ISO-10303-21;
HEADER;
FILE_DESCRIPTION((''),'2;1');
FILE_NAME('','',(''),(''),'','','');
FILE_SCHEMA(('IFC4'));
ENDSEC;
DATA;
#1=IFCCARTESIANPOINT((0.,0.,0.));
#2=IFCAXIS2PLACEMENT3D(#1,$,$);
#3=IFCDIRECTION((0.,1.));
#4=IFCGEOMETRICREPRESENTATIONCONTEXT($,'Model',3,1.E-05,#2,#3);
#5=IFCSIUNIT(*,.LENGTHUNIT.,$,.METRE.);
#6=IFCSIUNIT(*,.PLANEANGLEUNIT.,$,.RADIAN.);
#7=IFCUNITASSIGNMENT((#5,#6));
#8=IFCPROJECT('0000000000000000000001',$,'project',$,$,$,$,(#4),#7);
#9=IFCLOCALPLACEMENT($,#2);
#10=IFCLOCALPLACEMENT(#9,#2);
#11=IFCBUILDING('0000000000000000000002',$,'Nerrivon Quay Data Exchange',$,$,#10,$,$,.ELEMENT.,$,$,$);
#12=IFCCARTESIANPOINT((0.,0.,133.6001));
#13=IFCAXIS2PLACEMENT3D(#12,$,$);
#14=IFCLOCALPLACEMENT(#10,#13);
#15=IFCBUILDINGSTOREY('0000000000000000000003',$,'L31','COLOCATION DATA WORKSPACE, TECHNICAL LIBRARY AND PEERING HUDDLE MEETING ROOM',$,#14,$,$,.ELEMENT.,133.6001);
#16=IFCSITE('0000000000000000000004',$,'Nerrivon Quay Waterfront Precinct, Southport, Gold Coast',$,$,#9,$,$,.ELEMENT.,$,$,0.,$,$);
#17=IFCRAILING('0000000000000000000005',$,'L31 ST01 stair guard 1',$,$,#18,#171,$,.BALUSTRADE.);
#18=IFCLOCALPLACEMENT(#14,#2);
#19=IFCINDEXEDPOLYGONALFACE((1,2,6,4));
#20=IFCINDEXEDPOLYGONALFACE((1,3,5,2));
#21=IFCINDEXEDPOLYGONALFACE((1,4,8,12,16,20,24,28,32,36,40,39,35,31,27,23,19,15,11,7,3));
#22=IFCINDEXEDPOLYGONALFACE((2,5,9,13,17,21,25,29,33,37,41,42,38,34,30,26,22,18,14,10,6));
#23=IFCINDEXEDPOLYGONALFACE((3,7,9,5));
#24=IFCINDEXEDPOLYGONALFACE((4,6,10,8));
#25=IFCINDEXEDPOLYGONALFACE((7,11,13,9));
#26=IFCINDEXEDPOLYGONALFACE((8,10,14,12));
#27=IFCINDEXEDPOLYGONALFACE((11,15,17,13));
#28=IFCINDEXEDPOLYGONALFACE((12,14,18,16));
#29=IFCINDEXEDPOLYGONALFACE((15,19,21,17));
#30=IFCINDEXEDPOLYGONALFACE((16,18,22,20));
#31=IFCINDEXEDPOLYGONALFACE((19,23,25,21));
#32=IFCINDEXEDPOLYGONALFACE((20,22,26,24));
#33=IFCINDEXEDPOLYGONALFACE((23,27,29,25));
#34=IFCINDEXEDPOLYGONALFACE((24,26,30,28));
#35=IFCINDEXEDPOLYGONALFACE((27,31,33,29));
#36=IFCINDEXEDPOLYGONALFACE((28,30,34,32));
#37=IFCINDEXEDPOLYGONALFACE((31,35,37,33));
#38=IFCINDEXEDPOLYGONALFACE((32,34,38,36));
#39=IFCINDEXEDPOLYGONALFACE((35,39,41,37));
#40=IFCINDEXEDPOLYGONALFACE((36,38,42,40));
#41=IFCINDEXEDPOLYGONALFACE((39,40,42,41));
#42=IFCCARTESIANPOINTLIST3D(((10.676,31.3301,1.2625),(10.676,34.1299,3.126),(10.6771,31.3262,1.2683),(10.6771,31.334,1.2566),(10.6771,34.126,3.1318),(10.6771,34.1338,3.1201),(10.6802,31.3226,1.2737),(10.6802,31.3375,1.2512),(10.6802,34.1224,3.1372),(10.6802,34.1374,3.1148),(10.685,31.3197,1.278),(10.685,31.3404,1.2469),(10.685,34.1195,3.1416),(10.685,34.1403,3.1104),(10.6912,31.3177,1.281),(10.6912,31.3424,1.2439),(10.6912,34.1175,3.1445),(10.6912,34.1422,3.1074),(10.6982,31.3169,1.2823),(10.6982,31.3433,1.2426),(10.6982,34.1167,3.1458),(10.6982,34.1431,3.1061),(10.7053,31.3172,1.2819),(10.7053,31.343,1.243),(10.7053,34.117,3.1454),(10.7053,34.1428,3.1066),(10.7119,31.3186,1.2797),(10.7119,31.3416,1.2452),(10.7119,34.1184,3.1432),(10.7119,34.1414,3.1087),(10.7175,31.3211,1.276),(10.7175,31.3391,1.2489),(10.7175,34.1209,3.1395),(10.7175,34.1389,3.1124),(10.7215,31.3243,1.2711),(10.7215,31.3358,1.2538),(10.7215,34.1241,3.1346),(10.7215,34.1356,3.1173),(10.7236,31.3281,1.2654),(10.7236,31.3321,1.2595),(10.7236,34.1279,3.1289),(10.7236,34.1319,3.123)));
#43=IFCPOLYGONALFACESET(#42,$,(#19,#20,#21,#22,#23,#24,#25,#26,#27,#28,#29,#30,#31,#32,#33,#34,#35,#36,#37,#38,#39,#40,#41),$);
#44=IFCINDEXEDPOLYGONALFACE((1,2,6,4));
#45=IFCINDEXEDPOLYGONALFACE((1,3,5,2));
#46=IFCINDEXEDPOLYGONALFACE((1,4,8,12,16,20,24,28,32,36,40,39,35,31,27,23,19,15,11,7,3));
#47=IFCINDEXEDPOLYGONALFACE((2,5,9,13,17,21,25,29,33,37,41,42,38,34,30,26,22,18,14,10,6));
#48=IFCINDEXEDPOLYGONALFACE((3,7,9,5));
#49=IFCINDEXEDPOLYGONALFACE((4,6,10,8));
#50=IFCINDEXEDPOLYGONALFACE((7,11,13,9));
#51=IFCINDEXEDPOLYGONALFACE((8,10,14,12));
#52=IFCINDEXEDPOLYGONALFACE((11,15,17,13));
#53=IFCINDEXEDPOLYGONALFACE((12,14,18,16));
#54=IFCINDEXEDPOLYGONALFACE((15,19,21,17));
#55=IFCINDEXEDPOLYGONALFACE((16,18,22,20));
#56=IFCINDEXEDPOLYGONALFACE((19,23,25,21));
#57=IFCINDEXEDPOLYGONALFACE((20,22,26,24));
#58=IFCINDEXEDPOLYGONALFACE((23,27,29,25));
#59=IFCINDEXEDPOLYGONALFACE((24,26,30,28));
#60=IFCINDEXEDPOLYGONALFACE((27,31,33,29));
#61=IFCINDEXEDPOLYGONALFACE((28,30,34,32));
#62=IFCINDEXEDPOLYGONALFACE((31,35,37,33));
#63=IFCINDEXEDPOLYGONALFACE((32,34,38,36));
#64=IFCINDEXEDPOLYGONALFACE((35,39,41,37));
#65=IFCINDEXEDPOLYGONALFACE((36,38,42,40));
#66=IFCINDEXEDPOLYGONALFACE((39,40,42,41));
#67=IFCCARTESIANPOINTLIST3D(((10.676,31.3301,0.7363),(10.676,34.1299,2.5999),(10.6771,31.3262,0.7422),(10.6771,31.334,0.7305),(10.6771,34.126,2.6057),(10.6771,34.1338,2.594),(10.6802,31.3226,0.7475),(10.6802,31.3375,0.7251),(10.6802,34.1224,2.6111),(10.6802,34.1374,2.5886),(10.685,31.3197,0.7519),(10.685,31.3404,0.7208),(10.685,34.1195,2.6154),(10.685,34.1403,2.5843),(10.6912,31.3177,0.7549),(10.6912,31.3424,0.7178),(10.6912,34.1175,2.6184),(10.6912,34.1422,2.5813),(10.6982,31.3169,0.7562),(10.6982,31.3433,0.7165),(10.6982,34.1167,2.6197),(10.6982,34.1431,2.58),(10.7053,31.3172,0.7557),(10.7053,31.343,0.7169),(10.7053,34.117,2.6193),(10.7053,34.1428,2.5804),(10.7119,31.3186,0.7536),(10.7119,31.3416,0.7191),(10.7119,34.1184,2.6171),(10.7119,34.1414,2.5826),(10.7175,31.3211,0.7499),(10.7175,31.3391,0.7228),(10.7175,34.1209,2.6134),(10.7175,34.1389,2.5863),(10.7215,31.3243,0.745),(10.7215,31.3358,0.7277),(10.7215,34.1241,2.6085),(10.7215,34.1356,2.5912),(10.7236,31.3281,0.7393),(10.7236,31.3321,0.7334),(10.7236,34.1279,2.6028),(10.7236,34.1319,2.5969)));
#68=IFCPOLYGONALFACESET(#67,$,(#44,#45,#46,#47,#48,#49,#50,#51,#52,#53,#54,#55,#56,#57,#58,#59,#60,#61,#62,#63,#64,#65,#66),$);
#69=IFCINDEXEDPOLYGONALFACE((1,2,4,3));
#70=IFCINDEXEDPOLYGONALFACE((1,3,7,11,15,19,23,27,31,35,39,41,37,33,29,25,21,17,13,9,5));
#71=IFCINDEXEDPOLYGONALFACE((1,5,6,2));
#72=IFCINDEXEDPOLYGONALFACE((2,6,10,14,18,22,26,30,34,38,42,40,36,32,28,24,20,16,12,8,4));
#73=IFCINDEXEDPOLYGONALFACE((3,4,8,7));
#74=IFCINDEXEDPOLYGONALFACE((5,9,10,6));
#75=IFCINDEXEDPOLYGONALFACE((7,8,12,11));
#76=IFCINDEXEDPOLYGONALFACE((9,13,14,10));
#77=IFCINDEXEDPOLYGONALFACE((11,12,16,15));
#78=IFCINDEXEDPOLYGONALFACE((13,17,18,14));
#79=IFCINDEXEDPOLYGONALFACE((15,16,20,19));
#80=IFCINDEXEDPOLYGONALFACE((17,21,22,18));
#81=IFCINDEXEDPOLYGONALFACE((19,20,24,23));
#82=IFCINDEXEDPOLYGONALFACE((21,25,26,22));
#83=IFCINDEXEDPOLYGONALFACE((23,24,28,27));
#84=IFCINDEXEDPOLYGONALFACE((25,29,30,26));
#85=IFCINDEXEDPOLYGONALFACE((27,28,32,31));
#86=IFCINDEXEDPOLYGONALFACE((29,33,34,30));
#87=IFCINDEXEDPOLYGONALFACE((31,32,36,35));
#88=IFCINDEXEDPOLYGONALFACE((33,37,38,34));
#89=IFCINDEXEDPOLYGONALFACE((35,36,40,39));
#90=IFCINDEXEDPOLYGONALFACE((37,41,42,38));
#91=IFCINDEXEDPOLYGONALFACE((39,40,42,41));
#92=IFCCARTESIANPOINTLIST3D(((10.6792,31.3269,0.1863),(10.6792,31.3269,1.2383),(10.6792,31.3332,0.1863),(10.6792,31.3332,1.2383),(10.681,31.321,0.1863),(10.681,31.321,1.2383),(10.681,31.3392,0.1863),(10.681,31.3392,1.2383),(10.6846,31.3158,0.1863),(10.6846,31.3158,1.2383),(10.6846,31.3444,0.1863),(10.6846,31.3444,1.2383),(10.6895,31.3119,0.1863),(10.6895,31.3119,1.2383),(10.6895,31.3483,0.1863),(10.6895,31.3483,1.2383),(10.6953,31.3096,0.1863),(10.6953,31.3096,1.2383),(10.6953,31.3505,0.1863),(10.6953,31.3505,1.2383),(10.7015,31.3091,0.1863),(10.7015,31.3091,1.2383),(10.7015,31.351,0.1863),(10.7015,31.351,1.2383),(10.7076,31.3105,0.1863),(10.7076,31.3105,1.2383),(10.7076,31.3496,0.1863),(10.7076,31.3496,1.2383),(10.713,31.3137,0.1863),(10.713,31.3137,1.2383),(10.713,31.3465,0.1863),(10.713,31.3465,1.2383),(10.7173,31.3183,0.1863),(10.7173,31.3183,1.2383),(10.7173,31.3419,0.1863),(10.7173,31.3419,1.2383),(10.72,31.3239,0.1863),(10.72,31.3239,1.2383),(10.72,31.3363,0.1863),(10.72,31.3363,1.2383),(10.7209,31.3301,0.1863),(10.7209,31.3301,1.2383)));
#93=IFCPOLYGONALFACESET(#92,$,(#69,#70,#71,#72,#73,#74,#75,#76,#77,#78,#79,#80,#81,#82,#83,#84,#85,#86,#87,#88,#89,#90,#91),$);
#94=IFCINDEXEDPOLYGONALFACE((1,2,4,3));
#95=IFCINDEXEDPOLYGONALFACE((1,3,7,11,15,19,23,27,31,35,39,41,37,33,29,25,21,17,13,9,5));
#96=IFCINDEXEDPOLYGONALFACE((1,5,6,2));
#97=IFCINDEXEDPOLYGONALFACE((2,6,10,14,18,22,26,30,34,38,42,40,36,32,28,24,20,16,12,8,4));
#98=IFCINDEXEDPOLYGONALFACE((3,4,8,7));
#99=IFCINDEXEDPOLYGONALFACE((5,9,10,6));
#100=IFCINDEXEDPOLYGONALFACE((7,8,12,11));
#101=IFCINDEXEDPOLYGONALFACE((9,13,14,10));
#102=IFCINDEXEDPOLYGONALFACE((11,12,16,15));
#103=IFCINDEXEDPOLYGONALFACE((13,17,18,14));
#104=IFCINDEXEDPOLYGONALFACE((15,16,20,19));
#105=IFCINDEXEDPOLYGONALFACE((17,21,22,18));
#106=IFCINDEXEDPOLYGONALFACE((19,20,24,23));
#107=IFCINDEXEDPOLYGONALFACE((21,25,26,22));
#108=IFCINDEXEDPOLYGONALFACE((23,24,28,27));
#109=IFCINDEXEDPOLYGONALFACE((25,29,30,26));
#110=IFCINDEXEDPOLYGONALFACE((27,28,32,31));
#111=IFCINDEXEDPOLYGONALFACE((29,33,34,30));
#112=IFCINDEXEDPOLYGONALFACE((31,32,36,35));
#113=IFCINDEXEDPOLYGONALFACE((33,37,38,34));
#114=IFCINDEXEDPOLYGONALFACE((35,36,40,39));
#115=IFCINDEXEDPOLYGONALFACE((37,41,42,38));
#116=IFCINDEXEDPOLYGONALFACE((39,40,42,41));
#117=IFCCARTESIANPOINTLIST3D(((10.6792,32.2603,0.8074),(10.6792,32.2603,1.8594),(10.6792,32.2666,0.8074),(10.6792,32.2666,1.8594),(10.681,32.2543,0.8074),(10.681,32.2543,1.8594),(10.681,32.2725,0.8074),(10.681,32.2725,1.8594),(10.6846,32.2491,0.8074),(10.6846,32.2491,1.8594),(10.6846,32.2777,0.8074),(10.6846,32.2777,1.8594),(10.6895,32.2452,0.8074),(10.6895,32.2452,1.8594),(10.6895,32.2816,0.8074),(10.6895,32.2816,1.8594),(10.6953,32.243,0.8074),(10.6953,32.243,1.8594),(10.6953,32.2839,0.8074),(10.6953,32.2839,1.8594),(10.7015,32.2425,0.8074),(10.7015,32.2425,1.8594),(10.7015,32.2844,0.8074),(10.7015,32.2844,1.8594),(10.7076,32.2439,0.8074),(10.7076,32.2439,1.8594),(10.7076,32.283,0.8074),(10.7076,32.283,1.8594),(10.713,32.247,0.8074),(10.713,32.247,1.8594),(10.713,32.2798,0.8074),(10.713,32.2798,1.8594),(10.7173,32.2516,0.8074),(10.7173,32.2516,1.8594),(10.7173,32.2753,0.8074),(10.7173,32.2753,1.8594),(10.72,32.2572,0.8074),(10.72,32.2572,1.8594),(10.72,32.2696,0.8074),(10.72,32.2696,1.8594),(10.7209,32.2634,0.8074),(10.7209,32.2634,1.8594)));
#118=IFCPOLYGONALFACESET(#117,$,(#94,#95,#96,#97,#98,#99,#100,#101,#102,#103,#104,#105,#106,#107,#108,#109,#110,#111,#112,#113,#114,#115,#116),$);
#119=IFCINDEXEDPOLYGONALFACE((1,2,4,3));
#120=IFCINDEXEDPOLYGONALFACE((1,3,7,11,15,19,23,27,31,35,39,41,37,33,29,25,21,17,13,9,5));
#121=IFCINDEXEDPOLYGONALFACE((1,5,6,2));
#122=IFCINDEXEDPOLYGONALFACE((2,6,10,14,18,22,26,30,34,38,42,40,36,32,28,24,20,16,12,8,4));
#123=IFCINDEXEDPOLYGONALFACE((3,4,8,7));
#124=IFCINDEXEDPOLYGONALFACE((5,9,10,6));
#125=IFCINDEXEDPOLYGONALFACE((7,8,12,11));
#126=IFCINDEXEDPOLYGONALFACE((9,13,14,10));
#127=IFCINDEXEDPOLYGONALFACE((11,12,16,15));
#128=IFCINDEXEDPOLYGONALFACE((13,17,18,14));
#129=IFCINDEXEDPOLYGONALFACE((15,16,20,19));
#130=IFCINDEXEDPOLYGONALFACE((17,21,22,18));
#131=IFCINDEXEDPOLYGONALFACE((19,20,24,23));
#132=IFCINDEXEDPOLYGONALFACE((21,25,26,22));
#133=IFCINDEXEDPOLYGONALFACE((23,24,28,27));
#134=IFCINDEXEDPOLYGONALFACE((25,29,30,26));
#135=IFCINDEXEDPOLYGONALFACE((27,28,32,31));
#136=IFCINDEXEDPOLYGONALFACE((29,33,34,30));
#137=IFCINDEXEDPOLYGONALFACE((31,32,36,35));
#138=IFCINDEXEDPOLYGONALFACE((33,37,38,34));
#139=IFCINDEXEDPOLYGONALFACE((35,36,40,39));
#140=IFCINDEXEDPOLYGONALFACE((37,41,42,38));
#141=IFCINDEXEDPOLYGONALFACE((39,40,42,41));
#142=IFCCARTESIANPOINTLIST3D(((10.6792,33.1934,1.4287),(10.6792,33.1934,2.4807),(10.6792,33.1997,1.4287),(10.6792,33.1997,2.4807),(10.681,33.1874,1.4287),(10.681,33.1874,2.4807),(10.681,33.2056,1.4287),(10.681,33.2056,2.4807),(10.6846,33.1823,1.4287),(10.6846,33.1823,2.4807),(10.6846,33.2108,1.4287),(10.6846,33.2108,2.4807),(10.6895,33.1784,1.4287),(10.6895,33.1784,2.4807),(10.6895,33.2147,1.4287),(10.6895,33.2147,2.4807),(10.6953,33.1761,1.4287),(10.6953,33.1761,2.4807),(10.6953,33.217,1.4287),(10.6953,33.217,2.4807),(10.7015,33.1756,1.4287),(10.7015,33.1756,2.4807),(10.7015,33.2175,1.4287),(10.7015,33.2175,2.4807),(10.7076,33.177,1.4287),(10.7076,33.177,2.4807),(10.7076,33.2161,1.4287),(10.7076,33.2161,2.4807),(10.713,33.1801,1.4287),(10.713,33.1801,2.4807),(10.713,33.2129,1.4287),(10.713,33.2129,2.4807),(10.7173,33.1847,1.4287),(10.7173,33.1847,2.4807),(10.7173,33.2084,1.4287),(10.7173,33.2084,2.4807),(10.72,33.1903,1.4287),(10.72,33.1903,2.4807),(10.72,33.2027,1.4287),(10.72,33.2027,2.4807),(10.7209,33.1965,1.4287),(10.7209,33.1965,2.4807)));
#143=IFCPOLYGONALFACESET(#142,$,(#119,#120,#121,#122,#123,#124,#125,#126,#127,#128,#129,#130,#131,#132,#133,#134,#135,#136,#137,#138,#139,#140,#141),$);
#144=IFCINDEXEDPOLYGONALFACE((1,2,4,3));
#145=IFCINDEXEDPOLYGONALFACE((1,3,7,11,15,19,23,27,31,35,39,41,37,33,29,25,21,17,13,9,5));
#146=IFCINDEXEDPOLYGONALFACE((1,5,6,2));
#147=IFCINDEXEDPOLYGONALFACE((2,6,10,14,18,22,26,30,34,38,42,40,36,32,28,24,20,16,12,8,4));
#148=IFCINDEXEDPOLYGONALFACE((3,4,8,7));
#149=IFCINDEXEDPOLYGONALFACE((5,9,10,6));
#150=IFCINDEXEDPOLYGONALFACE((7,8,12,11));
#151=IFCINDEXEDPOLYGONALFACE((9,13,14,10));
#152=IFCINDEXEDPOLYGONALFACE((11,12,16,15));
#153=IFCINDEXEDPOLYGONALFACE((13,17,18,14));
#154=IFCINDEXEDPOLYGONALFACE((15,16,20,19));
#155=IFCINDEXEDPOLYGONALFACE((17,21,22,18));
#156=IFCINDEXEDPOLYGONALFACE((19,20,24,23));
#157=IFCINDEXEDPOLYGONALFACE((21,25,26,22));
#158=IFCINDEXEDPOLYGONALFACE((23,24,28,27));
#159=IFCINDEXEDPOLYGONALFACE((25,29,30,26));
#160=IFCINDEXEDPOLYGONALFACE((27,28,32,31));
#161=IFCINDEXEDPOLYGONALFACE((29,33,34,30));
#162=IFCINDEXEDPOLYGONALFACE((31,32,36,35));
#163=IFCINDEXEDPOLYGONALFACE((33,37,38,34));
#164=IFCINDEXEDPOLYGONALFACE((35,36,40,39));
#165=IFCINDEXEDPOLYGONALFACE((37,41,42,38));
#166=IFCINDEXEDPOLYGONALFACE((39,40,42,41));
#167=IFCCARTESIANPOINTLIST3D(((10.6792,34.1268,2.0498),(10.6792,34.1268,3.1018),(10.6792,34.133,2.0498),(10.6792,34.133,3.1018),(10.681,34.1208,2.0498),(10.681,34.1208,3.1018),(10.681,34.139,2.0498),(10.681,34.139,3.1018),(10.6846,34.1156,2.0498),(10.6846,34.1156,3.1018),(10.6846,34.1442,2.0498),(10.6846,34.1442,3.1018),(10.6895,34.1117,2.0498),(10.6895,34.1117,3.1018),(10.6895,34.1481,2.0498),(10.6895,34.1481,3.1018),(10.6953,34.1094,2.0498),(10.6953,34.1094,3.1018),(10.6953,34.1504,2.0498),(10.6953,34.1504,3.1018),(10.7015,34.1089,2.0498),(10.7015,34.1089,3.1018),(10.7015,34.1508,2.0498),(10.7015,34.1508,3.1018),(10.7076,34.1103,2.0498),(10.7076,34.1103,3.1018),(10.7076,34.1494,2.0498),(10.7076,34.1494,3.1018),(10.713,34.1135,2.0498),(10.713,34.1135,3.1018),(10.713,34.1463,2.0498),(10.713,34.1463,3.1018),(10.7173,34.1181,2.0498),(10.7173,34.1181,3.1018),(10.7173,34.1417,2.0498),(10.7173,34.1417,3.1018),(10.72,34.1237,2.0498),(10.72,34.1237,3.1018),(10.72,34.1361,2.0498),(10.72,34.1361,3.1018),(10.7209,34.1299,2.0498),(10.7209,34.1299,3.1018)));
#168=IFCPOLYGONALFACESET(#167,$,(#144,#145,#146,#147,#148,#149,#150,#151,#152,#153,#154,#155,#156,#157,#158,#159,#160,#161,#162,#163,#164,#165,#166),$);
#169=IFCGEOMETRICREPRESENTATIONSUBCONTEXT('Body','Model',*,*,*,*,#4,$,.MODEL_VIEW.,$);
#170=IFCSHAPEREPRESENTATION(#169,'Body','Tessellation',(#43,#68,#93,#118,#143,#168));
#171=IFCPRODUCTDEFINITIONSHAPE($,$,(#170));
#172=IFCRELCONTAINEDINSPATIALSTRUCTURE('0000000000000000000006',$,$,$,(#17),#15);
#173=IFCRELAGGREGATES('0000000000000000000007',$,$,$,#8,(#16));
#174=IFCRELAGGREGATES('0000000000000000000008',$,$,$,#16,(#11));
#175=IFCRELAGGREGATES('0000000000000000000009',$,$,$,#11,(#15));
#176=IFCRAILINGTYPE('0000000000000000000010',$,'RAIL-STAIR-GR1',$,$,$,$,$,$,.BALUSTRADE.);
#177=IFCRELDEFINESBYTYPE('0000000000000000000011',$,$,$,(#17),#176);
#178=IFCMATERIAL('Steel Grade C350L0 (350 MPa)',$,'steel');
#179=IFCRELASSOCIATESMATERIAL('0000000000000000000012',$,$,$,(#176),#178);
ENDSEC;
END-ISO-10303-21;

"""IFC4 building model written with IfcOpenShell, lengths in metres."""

from ifc_helpers import new_model, si_unit, direction, frame, origin, origin_2d, place, context, subcontext, project, spatial, circle, extrude, material, type_object, element, save


model = new_model("IFC4")

# Units and contexts
model_context = context("Model", 3, precision=1e-05, world=origin(), true_north=direction((0.0, 1.0)))
body_context = subcontext(model_context, "Body", "Model", "MODEL_VIEW")
ifc_project = project(units=[si_unit("LENGTHUNIT", "METRE"), si_unit("PLANEANGLEUNIT", "RADIAN")], contexts=[model_context])

# Site, building, storey
site_placement = place(None, origin())
site = spatial("IfcSite", under=ifc_project, at=site_placement, Name="Nerrivon Quay Waterfront Precinct, Southport, Gold Coast", CompositionType="ELEMENT", RefElevation=0.0)
building_placement = place(site_placement, origin())
building = spatial("IfcBuilding", under=site, at=building_placement, Name="Nerrivon Quay Data Exchange", CompositionType="ELEMENT")
storey_placement = place(building_placement, frame((0.0, 0.0, 133.6001)))
storey = spatial("IfcBuildingStorey", under=building, at=storey_placement, Name="L31", Description="COLOCATION DATA WORKSPACE, TECHNICAL LIBRARY AND PEERING HUDDLE MEETING ROOM", CompositionType="ELEMENT", Elevation=133.6001)

# Railing
ifc_material_1 = material(Name="Steel Grade C350L0 (350 MPa)", Category="steel")
railing_type_1 = type_object("IfcRailingType", Name="RAIL-STAIR-GR1", PredefinedType="BALUSTRADE", material=ifc_material_1)
railing_1_placement = place(storey_placement, frame((10.7, 31.3301, 0.1863)))
element("IfcRailing", 1, at=railing_1_placement, inside=storey, type_object=railing_type_1, Name="L31 ST01 stair guard 1", PredefinedType="BALUSTRADE", context=body_context, shape_type="SweptSolid", body=[
    extrude(circle(Radius=0.0239, at=origin_2d()), frame((0.0, 0.0, 1.0762), z_axis=(0.0, 0.832463, 0.55408), x_axis=(-1.0, 0.0, 0.0)), (0.0, 0.0, 1.0), 3.3633),
    extrude(circle(Radius=0.0239, at=origin_2d()), frame((0.0, 0.0, 0.55), z_axis=(0.0, 0.832463, 0.55408), x_axis=(-1.0, 0.0, 0.0)), (0.0, 0.0, 1.0), 3.3633),
    extrude(circle(Radius=0.021, at=origin_2d()), origin(), (0.0, 0.0, 1.0), 1.052),
    extrude(circle(Radius=0.021, at=origin_2d()), frame((0.0, 0.9333, 0.6211)), (0.0, 0.0, 1.0), 1.052),
    extrude(circle(Radius=0.021, at=origin_2d()), frame((0.0, 1.8665, 1.2424)), (0.0, 0.0, 1.0), 1.052),
    extrude(circle(Radius=0.021, at=origin_2d()), frame((0.0, 2.7998, 1.8635)), (0.0, 0.0, 1.0), 1.052),
])

save(model, "model.ifc")
